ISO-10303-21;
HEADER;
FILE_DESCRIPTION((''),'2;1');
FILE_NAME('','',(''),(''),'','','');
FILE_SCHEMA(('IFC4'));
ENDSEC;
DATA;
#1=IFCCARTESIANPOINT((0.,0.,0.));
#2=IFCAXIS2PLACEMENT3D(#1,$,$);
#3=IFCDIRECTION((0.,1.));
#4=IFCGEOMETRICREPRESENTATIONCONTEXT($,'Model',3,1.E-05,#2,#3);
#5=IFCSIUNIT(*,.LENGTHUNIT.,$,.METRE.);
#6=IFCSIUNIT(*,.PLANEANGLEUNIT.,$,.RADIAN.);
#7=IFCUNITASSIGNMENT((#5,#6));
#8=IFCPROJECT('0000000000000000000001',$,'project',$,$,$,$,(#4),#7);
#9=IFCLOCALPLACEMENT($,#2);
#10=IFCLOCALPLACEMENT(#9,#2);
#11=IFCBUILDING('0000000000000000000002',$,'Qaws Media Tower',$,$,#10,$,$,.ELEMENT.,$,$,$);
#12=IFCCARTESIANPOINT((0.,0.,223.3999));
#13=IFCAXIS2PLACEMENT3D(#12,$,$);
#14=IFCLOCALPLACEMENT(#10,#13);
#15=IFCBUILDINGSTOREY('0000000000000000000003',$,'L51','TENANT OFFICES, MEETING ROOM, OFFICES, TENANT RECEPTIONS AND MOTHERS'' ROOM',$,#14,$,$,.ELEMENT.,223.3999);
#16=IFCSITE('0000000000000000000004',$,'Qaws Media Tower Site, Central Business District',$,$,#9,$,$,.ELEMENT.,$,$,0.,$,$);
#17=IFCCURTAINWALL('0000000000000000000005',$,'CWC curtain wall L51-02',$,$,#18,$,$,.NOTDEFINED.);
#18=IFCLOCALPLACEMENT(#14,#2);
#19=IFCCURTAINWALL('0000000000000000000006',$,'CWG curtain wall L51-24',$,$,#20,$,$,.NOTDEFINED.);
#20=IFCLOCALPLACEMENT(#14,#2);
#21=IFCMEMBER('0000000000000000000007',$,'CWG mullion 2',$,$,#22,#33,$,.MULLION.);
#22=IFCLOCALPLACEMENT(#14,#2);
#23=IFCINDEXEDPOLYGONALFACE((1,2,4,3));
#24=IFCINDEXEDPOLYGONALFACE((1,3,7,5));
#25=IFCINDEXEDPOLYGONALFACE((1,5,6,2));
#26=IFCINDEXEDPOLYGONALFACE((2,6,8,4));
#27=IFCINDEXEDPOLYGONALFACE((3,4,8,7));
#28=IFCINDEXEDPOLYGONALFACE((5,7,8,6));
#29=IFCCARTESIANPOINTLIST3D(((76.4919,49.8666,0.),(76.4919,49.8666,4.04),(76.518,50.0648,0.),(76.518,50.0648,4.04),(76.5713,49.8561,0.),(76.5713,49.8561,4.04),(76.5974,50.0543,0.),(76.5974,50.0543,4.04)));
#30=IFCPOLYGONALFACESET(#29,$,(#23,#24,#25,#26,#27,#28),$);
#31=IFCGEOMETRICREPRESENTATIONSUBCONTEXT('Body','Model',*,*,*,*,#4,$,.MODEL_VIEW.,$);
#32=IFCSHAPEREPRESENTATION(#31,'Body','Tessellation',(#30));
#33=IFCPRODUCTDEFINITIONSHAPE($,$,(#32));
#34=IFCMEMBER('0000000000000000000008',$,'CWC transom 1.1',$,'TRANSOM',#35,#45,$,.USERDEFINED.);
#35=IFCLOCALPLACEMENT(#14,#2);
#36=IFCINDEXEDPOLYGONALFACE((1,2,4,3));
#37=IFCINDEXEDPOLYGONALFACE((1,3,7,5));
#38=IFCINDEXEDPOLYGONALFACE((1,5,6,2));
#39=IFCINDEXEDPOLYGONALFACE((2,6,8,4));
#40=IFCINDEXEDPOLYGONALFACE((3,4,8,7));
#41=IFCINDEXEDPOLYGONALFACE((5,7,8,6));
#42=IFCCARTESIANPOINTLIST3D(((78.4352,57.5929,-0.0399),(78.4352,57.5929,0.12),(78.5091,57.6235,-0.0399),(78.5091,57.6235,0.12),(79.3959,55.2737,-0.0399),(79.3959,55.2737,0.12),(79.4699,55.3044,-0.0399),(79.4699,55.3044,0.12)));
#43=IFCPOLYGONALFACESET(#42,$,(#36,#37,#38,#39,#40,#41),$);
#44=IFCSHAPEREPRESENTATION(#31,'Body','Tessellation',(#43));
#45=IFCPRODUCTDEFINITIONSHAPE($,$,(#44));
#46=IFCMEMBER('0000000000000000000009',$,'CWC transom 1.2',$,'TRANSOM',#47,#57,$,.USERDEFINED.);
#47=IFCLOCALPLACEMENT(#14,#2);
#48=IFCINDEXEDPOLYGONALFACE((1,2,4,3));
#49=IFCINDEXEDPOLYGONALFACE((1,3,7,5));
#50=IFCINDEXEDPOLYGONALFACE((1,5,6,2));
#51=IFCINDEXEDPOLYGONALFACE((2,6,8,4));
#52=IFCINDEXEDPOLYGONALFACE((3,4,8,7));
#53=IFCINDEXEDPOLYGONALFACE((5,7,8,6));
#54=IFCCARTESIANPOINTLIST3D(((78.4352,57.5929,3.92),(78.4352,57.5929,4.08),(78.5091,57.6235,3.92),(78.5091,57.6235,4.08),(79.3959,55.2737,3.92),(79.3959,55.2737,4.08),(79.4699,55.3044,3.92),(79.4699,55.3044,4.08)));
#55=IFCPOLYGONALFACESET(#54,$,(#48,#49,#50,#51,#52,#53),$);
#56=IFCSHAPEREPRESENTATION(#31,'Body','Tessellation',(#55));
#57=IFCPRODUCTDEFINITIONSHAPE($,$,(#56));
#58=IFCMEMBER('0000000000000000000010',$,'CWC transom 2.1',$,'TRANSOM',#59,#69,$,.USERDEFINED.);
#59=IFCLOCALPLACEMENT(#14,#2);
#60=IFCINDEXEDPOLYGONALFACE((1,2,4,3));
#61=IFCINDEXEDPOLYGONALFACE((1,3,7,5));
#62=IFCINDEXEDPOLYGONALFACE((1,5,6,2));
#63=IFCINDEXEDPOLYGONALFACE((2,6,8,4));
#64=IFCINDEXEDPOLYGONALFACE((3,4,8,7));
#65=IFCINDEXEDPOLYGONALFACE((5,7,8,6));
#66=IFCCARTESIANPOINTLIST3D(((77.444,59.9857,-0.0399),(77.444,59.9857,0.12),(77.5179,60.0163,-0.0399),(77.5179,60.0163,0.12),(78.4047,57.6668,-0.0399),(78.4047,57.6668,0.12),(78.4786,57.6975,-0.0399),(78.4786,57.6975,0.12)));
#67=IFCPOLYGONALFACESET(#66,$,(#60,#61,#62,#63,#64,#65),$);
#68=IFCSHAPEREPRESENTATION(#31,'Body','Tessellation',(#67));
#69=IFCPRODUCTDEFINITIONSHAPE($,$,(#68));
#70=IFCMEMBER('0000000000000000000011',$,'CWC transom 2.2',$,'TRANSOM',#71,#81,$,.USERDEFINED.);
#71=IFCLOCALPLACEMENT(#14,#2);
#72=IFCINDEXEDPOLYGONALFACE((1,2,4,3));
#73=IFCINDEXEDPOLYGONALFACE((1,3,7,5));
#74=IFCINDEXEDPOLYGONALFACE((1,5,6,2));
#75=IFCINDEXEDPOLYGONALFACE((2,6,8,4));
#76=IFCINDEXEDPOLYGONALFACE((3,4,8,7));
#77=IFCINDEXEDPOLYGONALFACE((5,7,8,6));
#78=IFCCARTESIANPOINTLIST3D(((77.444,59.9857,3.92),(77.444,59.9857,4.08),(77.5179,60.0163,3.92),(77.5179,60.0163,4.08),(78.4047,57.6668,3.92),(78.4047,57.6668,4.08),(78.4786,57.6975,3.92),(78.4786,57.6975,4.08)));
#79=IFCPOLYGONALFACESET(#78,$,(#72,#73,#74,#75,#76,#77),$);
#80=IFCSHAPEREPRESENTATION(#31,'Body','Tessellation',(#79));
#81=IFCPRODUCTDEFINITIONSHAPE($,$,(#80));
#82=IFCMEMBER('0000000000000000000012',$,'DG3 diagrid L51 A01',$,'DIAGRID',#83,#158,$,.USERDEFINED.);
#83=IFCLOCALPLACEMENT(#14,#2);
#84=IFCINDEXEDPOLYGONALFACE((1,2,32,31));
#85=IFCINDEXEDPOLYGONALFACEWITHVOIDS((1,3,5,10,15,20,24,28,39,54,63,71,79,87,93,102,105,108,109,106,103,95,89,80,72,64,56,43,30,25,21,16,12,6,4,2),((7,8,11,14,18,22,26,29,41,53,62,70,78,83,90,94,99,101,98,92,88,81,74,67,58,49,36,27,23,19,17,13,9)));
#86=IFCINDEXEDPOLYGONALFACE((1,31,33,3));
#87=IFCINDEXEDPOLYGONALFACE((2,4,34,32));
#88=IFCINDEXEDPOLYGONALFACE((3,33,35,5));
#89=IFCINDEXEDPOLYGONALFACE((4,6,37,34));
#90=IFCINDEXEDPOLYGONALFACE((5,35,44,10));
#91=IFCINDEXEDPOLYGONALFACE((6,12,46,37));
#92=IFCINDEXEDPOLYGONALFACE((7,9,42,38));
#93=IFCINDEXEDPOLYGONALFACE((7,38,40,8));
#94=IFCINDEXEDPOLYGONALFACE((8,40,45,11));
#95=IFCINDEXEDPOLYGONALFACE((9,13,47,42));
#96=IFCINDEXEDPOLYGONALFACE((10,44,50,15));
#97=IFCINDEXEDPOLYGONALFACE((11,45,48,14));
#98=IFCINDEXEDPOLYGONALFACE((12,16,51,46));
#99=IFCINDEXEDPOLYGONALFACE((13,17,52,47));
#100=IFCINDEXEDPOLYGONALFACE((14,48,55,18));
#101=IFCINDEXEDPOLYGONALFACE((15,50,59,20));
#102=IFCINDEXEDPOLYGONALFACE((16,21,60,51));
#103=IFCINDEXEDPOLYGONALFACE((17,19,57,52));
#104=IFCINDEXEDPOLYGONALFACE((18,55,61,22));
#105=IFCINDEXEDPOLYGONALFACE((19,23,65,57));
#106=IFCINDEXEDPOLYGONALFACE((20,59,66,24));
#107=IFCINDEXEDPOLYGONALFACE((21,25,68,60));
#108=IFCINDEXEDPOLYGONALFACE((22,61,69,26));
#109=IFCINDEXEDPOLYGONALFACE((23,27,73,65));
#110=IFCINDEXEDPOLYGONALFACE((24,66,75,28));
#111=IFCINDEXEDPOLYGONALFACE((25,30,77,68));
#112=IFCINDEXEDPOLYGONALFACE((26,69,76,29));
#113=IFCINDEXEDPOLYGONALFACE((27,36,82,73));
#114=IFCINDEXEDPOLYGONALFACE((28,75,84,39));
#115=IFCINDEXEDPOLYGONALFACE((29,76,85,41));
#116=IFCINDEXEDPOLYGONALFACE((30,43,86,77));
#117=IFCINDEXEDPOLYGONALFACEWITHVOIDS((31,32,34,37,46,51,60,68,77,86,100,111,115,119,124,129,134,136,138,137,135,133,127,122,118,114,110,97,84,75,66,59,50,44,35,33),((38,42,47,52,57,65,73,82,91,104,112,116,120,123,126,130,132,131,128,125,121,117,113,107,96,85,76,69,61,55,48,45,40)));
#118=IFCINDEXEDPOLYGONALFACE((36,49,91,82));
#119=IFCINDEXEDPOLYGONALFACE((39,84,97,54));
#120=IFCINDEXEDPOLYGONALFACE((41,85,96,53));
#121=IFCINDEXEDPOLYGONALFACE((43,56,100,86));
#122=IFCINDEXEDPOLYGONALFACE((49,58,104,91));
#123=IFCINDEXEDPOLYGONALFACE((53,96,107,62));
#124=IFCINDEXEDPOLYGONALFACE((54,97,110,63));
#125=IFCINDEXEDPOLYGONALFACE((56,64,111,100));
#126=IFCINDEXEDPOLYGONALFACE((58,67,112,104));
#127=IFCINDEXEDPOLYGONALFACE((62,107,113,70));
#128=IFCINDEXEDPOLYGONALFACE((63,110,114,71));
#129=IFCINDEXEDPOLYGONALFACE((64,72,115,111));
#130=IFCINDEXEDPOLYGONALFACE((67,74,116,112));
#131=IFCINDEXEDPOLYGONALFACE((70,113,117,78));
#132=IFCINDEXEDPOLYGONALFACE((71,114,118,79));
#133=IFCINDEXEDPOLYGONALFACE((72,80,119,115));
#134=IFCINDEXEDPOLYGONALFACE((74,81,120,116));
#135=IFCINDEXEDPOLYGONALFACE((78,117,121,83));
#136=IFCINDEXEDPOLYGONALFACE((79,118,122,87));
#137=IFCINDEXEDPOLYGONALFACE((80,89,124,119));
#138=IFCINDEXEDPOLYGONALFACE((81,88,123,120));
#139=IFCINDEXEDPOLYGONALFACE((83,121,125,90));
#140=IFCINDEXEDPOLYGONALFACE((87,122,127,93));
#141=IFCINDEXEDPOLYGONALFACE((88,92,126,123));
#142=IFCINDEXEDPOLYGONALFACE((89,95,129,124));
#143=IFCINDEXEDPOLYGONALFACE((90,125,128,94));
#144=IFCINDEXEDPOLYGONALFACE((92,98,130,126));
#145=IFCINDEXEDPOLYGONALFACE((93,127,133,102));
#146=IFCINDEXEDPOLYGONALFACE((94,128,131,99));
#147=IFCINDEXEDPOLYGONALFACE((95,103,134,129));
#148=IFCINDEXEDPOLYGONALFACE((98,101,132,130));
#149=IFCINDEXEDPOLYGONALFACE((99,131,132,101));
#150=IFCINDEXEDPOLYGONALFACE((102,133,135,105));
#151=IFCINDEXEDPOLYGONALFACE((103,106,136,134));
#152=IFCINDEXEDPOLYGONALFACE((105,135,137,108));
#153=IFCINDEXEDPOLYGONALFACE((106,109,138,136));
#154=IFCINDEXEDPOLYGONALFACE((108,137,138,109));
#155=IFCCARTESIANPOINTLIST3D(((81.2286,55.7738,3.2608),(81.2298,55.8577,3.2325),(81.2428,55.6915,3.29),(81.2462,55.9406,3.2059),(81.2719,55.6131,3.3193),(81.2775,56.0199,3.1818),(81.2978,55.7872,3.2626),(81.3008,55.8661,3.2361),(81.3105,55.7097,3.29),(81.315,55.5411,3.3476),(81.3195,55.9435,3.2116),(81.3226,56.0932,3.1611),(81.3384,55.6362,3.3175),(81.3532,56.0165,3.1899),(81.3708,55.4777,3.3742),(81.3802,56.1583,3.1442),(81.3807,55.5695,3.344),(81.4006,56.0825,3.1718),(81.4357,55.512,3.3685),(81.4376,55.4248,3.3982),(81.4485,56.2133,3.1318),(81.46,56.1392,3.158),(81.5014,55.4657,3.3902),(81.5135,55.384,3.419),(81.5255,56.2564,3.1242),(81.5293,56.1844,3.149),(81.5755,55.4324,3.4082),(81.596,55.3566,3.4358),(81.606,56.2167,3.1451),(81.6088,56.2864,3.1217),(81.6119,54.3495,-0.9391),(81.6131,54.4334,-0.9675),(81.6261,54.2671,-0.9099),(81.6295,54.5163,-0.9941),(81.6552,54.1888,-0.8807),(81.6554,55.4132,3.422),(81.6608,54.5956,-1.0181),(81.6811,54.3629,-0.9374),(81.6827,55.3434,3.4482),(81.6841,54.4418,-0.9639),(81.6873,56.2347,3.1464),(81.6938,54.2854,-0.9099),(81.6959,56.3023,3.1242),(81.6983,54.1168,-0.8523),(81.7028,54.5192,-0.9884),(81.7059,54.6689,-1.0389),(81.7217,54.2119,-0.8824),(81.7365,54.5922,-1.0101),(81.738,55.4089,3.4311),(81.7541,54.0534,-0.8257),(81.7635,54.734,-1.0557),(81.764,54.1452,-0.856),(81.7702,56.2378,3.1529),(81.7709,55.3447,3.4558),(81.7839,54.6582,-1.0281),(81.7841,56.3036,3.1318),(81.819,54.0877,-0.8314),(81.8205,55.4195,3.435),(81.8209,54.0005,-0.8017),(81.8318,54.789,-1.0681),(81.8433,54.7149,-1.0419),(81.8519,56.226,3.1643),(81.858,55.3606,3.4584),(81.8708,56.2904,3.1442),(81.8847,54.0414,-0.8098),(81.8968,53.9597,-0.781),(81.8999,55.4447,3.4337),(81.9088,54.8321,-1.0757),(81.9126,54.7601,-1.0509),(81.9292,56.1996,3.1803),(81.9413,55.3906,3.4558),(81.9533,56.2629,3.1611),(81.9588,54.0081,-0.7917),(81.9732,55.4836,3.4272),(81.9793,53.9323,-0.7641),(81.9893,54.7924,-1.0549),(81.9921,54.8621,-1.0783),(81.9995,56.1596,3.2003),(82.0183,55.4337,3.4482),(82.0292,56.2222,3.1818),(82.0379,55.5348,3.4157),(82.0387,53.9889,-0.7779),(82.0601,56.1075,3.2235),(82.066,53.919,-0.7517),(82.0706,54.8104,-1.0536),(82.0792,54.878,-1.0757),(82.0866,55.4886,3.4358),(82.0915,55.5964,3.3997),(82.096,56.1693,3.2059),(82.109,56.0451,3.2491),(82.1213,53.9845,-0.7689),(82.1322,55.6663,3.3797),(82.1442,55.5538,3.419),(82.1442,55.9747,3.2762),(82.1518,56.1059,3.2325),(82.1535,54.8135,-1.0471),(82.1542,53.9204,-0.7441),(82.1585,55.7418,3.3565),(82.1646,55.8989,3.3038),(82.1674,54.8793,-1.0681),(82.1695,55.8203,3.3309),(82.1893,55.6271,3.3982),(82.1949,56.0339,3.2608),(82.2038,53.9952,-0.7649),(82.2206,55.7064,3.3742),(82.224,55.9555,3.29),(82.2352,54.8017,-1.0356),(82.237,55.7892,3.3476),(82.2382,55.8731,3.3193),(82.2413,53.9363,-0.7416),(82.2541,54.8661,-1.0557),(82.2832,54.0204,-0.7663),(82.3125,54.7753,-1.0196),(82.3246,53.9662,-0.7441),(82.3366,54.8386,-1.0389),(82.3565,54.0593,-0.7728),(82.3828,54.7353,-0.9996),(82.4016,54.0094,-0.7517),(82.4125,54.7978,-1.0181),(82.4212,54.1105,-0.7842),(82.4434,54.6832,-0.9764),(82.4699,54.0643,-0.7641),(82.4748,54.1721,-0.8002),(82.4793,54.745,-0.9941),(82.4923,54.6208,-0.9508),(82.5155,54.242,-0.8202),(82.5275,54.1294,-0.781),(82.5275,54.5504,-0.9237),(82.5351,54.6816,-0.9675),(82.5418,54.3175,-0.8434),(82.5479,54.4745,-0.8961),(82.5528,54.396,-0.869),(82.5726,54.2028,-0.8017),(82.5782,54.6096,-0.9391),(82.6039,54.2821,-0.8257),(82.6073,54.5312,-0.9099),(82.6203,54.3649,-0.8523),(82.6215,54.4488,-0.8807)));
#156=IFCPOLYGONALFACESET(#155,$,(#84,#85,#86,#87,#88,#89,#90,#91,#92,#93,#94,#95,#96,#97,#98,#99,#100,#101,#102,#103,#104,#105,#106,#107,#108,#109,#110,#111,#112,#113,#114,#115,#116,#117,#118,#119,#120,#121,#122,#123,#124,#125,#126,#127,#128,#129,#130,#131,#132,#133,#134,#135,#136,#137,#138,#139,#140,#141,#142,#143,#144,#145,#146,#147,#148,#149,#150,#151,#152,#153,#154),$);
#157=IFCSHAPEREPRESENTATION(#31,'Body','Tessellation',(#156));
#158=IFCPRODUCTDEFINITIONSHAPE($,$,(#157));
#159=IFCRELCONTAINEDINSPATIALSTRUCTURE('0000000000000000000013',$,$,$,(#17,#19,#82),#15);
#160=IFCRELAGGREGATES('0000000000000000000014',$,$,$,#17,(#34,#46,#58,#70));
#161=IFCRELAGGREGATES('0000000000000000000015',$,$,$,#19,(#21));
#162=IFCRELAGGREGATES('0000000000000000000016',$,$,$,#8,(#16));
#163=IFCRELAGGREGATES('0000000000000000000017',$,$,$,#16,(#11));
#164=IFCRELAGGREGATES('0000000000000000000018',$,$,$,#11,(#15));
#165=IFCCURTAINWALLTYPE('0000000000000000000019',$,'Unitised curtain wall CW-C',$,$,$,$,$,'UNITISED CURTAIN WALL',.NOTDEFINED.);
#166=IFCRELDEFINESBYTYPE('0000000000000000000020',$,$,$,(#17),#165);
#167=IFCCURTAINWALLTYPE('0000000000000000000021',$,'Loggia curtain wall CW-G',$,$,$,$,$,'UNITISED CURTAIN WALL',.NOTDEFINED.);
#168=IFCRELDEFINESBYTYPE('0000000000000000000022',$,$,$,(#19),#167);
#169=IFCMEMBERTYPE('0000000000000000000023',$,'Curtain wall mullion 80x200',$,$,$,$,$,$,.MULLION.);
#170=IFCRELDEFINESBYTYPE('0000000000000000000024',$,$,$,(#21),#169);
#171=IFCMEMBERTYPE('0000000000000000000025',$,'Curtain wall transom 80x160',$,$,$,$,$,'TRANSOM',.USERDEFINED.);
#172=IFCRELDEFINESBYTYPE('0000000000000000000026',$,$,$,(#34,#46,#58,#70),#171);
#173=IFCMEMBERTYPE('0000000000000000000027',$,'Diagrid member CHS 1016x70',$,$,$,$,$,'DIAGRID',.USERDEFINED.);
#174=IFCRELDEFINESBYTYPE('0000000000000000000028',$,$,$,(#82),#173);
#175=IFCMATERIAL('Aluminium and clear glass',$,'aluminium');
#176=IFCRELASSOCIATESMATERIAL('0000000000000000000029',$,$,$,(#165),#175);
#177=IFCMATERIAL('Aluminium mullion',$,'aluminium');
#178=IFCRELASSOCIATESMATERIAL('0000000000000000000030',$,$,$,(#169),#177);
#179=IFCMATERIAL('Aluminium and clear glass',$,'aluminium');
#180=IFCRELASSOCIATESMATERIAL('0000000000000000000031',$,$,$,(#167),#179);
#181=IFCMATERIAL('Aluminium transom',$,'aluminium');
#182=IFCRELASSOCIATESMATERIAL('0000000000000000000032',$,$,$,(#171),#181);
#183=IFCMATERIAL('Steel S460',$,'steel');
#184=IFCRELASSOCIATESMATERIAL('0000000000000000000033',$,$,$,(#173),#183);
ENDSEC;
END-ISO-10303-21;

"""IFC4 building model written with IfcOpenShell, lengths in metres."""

from ifc_helpers import new_model, si_unit, direction, frame, origin, origin_2d, place, context, subcontext, project, spatial, rectangle, hollow_circle, extrude, material, material_profile, profile_set, type_object, element, aggregate, save


model = new_model("IFC4")

# Units and contexts
model_context = context("Model", 3, precision=1e-05, world=origin(), true_north=direction((0.0, 1.0)))
body_context = subcontext(model_context, "Body", "Model", "MODEL_VIEW")
ifc_project = project(units=[si_unit("LENGTHUNIT", "METRE"), si_unit("PLANEANGLEUNIT", "RADIAN")], contexts=[model_context])

# Site, building, storey
site_placement = place(None, origin())
site = spatial("IfcSite", under=ifc_project, at=site_placement, Name="Qaws Media Tower Site, Central Business District", CompositionType="ELEMENT", RefElevation=0.0)
building_placement = place(site_placement, origin())
building = spatial("IfcBuilding", under=site, at=building_placement, Name="Qaws Media Tower", CompositionType="ELEMENT")
storey_placement = place(building_placement, frame((0.0, 0.0, 223.3999)))
storey = spatial("IfcBuildingStorey", under=building, at=storey_placement, Name="L51", Description="TENANT OFFICES, MEETING ROOM, OFFICES, TENANT RECEPTIONS AND MOTHERS' ROOM", CompositionType="ELEMENT", Elevation=223.3999)

# Curtain wall
ifc_material_1 = material(Name="Aluminium and clear glass", Category="aluminium")
curtain_wall_type_1 = type_object("IfcCurtainWallType", Name="Unitised curtain wall CW-C", ElementType="UNITISED CURTAIN WALL", PredefinedType="NOTDEFINED", material=ifc_material_1)
curtain_wall_1_placement = place(storey_placement, origin())
curtain_wall_1 = element("IfcCurtainWall", 1, at=curtain_wall_1_placement, inside=storey, type_object=curtain_wall_type_1, Name="CWC curtain wall L51-02", PredefinedType="NOTDEFINED")
ifc_material_2 = material(Name="Aluminium mullion", Category="aluminium")
ifc_material_profile_1 = material_profile(ifc_material_2, rectangle(XDim=0.0801, YDim=0.2, at=origin_2d()), Name="80x200")
ifc_profile_set_1 = profile_set([ifc_material_profile_1], Name="Aluminium mullion")
member_type_1 = type_object("IfcMemberType", Name="Curtain wall mullion 80x200", PredefinedType="MULLION", material=ifc_profile_set_1)

# Curtain wall, member
ifc_material_3 = material(Name="Aluminium and clear glass", Category="aluminium")
curtain_wall_type_2 = type_object("IfcCurtainWallType", Name="Loggia curtain wall CW-G", ElementType="UNITISED CURTAIN WALL", PredefinedType="NOTDEFINED", material=ifc_material_3)
curtain_wall_2_placement = place(storey_placement, origin())
curtain_wall_2 = element("IfcCurtainWall", 2, at=curtain_wall_2_placement, inside=storey, type_object=curtain_wall_type_2, Name="CWG curtain wall L51-24", PredefinedType="NOTDEFINED")
member_1_placement = place(storey_placement, frame((76.5447, 49.9604, 0.0), z_axis=(0.0, 0.0, 1.0), x_axis=(-0.991445, 0.130526, 0.0)))
member_1 = element("IfcMember", 3, at=member_1_placement, type_object=member_type_1, Name="CWG mullion 2", PredefinedType="MULLION", context=body_context, shape_type="SweptSolid", body=[
    extrude(rectangle(XDim=0.0801, YDim=0.2, at=origin_2d()), origin(), (0.0, 0.0, 1.0), 4.04),
])

# Members
ifc_material_4 = material(Name="Aluminium transom", Category="aluminium")
ifc_material_profile_2 = material_profile(ifc_material_4, rectangle(XDim=0.0801, YDim=0.1599, at=origin_2d()), Name="80x160")
ifc_profile_set_2 = profile_set([ifc_material_profile_2], Name="Aluminium transom")
member_type_2 = type_object("IfcMemberType", Name="Curtain wall transom 80x160", ElementType="TRANSOM", PredefinedType="USERDEFINED", material=ifc_profile_set_2)
member_2_placement = place(storey_placement, frame((79.4329, 55.2891, 0.04), z_axis=(-0.382715, 0.923866, 0.0), x_axis=(-0.923866, -0.382715, 0.0)))
member_2 = element("IfcMember", 4, at=member_2_placement, type_object=member_type_2, Name="CWC transom 1.1", ObjectType="TRANSOM", PredefinedType="USERDEFINED", context=body_context, shape_type="SweptSolid", body=[
    extrude(rectangle(XDim=0.0801, YDim=0.1599, at=origin_2d()), origin(), (0.0, 0.0, 1.0), 2.5103),
])
member_3_placement = place(storey_placement, frame((79.4329, 55.2891, 4.0), z_axis=(-0.382715, 0.923866, 0.0), x_axis=(-0.923866, -0.382715, 0.0)))
member_3 = element("IfcMember", 5, at=member_3_placement, type_object=member_type_2, Name="CWC transom 1.2", ObjectType="TRANSOM", PredefinedType="USERDEFINED", context=body_context, shape_type="SweptSolid", body=[
    extrude(rectangle(XDim=0.0801, YDim=0.1599, at=origin_2d()), origin(), (0.0, 0.0, 1.0), 2.5103),
])
member_4_placement = place(storey_placement, frame((78.4417, 57.6821, 0.04), z_axis=(-0.38275, 0.923852, 0.0), x_axis=(-0.923852, -0.38275, 0.0)))
member_4 = element("IfcMember", 6, at=member_4_placement, type_object=member_type_2, Name="CWC transom 2.1", ObjectType="TRANSOM", PredefinedType="USERDEFINED", context=body_context, shape_type="SweptSolid", body=[
    extrude(rectangle(XDim=0.0801, YDim=0.1599, at=origin_2d()), origin(), (0.0, 0.0, 1.0), 2.51),
])
member_5_placement = place(storey_placement, frame((78.4417, 57.6821, 4.0), z_axis=(-0.38275, 0.923852, 0.0), x_axis=(-0.923852, -0.38275, 0.0)))
member_5 = element("IfcMember", 7, at=member_5_placement, type_object=member_type_2, Name="CWC transom 2.2", ObjectType="TRANSOM", PredefinedType="USERDEFINED", context=body_context, shape_type="SweptSolid", body=[
    extrude(rectangle(XDim=0.0801, YDim=0.1599, at=origin_2d()), origin(), (0.0, 0.0, 1.0), 2.51),
])

# Member
ifc_material_5 = material(Name="Steel S460", Category="steel")
ifc_material_profile_3 = material_profile(ifc_material_5, hollow_circle(Radius=0.5081, WallThickness=0.0701, at=origin_2d()), Name="CHS 1016x70")
ifc_profile_set_3 = profile_set([ifc_material_profile_3], Name="Steel S460")
member_type_3 = type_object("IfcMemberType", Name="Diagrid member CHS 1016x70", ElementType="DIAGRID", PredefinedType="USERDEFINED", material=ifc_profile_set_3)
for number, where, z_axis, x_axis, name in (
    (8, (82.1167, 54.3992, -0.9099), (-0.086107, 0.319969, 0.943507), (-0.965645, -0.259867, 0.0), "DG3 diagrid L51 A01"),
):
    element("IfcMember", number, at=place(storey_placement, frame(where, z_axis=z_axis, x_axis=x_axis)), inside=storey, type_object=member_type_3, Name=name, ObjectType="DIAGRID", PredefinedType="USERDEFINED", context=body_context, shape_type="SweptSolid", body=[
        extrude(hollow_circle(Radius=0.5081, WallThickness=0.0701, at=origin_2d()), origin(), (0.0, 0.0, 1.0), 4.4514),
    ])

aggregate(curtain_wall_1, [member_2, member_3, member_4, member_5])
aggregate(curtain_wall_2, [member_1])

save(model, "model.ifc")
